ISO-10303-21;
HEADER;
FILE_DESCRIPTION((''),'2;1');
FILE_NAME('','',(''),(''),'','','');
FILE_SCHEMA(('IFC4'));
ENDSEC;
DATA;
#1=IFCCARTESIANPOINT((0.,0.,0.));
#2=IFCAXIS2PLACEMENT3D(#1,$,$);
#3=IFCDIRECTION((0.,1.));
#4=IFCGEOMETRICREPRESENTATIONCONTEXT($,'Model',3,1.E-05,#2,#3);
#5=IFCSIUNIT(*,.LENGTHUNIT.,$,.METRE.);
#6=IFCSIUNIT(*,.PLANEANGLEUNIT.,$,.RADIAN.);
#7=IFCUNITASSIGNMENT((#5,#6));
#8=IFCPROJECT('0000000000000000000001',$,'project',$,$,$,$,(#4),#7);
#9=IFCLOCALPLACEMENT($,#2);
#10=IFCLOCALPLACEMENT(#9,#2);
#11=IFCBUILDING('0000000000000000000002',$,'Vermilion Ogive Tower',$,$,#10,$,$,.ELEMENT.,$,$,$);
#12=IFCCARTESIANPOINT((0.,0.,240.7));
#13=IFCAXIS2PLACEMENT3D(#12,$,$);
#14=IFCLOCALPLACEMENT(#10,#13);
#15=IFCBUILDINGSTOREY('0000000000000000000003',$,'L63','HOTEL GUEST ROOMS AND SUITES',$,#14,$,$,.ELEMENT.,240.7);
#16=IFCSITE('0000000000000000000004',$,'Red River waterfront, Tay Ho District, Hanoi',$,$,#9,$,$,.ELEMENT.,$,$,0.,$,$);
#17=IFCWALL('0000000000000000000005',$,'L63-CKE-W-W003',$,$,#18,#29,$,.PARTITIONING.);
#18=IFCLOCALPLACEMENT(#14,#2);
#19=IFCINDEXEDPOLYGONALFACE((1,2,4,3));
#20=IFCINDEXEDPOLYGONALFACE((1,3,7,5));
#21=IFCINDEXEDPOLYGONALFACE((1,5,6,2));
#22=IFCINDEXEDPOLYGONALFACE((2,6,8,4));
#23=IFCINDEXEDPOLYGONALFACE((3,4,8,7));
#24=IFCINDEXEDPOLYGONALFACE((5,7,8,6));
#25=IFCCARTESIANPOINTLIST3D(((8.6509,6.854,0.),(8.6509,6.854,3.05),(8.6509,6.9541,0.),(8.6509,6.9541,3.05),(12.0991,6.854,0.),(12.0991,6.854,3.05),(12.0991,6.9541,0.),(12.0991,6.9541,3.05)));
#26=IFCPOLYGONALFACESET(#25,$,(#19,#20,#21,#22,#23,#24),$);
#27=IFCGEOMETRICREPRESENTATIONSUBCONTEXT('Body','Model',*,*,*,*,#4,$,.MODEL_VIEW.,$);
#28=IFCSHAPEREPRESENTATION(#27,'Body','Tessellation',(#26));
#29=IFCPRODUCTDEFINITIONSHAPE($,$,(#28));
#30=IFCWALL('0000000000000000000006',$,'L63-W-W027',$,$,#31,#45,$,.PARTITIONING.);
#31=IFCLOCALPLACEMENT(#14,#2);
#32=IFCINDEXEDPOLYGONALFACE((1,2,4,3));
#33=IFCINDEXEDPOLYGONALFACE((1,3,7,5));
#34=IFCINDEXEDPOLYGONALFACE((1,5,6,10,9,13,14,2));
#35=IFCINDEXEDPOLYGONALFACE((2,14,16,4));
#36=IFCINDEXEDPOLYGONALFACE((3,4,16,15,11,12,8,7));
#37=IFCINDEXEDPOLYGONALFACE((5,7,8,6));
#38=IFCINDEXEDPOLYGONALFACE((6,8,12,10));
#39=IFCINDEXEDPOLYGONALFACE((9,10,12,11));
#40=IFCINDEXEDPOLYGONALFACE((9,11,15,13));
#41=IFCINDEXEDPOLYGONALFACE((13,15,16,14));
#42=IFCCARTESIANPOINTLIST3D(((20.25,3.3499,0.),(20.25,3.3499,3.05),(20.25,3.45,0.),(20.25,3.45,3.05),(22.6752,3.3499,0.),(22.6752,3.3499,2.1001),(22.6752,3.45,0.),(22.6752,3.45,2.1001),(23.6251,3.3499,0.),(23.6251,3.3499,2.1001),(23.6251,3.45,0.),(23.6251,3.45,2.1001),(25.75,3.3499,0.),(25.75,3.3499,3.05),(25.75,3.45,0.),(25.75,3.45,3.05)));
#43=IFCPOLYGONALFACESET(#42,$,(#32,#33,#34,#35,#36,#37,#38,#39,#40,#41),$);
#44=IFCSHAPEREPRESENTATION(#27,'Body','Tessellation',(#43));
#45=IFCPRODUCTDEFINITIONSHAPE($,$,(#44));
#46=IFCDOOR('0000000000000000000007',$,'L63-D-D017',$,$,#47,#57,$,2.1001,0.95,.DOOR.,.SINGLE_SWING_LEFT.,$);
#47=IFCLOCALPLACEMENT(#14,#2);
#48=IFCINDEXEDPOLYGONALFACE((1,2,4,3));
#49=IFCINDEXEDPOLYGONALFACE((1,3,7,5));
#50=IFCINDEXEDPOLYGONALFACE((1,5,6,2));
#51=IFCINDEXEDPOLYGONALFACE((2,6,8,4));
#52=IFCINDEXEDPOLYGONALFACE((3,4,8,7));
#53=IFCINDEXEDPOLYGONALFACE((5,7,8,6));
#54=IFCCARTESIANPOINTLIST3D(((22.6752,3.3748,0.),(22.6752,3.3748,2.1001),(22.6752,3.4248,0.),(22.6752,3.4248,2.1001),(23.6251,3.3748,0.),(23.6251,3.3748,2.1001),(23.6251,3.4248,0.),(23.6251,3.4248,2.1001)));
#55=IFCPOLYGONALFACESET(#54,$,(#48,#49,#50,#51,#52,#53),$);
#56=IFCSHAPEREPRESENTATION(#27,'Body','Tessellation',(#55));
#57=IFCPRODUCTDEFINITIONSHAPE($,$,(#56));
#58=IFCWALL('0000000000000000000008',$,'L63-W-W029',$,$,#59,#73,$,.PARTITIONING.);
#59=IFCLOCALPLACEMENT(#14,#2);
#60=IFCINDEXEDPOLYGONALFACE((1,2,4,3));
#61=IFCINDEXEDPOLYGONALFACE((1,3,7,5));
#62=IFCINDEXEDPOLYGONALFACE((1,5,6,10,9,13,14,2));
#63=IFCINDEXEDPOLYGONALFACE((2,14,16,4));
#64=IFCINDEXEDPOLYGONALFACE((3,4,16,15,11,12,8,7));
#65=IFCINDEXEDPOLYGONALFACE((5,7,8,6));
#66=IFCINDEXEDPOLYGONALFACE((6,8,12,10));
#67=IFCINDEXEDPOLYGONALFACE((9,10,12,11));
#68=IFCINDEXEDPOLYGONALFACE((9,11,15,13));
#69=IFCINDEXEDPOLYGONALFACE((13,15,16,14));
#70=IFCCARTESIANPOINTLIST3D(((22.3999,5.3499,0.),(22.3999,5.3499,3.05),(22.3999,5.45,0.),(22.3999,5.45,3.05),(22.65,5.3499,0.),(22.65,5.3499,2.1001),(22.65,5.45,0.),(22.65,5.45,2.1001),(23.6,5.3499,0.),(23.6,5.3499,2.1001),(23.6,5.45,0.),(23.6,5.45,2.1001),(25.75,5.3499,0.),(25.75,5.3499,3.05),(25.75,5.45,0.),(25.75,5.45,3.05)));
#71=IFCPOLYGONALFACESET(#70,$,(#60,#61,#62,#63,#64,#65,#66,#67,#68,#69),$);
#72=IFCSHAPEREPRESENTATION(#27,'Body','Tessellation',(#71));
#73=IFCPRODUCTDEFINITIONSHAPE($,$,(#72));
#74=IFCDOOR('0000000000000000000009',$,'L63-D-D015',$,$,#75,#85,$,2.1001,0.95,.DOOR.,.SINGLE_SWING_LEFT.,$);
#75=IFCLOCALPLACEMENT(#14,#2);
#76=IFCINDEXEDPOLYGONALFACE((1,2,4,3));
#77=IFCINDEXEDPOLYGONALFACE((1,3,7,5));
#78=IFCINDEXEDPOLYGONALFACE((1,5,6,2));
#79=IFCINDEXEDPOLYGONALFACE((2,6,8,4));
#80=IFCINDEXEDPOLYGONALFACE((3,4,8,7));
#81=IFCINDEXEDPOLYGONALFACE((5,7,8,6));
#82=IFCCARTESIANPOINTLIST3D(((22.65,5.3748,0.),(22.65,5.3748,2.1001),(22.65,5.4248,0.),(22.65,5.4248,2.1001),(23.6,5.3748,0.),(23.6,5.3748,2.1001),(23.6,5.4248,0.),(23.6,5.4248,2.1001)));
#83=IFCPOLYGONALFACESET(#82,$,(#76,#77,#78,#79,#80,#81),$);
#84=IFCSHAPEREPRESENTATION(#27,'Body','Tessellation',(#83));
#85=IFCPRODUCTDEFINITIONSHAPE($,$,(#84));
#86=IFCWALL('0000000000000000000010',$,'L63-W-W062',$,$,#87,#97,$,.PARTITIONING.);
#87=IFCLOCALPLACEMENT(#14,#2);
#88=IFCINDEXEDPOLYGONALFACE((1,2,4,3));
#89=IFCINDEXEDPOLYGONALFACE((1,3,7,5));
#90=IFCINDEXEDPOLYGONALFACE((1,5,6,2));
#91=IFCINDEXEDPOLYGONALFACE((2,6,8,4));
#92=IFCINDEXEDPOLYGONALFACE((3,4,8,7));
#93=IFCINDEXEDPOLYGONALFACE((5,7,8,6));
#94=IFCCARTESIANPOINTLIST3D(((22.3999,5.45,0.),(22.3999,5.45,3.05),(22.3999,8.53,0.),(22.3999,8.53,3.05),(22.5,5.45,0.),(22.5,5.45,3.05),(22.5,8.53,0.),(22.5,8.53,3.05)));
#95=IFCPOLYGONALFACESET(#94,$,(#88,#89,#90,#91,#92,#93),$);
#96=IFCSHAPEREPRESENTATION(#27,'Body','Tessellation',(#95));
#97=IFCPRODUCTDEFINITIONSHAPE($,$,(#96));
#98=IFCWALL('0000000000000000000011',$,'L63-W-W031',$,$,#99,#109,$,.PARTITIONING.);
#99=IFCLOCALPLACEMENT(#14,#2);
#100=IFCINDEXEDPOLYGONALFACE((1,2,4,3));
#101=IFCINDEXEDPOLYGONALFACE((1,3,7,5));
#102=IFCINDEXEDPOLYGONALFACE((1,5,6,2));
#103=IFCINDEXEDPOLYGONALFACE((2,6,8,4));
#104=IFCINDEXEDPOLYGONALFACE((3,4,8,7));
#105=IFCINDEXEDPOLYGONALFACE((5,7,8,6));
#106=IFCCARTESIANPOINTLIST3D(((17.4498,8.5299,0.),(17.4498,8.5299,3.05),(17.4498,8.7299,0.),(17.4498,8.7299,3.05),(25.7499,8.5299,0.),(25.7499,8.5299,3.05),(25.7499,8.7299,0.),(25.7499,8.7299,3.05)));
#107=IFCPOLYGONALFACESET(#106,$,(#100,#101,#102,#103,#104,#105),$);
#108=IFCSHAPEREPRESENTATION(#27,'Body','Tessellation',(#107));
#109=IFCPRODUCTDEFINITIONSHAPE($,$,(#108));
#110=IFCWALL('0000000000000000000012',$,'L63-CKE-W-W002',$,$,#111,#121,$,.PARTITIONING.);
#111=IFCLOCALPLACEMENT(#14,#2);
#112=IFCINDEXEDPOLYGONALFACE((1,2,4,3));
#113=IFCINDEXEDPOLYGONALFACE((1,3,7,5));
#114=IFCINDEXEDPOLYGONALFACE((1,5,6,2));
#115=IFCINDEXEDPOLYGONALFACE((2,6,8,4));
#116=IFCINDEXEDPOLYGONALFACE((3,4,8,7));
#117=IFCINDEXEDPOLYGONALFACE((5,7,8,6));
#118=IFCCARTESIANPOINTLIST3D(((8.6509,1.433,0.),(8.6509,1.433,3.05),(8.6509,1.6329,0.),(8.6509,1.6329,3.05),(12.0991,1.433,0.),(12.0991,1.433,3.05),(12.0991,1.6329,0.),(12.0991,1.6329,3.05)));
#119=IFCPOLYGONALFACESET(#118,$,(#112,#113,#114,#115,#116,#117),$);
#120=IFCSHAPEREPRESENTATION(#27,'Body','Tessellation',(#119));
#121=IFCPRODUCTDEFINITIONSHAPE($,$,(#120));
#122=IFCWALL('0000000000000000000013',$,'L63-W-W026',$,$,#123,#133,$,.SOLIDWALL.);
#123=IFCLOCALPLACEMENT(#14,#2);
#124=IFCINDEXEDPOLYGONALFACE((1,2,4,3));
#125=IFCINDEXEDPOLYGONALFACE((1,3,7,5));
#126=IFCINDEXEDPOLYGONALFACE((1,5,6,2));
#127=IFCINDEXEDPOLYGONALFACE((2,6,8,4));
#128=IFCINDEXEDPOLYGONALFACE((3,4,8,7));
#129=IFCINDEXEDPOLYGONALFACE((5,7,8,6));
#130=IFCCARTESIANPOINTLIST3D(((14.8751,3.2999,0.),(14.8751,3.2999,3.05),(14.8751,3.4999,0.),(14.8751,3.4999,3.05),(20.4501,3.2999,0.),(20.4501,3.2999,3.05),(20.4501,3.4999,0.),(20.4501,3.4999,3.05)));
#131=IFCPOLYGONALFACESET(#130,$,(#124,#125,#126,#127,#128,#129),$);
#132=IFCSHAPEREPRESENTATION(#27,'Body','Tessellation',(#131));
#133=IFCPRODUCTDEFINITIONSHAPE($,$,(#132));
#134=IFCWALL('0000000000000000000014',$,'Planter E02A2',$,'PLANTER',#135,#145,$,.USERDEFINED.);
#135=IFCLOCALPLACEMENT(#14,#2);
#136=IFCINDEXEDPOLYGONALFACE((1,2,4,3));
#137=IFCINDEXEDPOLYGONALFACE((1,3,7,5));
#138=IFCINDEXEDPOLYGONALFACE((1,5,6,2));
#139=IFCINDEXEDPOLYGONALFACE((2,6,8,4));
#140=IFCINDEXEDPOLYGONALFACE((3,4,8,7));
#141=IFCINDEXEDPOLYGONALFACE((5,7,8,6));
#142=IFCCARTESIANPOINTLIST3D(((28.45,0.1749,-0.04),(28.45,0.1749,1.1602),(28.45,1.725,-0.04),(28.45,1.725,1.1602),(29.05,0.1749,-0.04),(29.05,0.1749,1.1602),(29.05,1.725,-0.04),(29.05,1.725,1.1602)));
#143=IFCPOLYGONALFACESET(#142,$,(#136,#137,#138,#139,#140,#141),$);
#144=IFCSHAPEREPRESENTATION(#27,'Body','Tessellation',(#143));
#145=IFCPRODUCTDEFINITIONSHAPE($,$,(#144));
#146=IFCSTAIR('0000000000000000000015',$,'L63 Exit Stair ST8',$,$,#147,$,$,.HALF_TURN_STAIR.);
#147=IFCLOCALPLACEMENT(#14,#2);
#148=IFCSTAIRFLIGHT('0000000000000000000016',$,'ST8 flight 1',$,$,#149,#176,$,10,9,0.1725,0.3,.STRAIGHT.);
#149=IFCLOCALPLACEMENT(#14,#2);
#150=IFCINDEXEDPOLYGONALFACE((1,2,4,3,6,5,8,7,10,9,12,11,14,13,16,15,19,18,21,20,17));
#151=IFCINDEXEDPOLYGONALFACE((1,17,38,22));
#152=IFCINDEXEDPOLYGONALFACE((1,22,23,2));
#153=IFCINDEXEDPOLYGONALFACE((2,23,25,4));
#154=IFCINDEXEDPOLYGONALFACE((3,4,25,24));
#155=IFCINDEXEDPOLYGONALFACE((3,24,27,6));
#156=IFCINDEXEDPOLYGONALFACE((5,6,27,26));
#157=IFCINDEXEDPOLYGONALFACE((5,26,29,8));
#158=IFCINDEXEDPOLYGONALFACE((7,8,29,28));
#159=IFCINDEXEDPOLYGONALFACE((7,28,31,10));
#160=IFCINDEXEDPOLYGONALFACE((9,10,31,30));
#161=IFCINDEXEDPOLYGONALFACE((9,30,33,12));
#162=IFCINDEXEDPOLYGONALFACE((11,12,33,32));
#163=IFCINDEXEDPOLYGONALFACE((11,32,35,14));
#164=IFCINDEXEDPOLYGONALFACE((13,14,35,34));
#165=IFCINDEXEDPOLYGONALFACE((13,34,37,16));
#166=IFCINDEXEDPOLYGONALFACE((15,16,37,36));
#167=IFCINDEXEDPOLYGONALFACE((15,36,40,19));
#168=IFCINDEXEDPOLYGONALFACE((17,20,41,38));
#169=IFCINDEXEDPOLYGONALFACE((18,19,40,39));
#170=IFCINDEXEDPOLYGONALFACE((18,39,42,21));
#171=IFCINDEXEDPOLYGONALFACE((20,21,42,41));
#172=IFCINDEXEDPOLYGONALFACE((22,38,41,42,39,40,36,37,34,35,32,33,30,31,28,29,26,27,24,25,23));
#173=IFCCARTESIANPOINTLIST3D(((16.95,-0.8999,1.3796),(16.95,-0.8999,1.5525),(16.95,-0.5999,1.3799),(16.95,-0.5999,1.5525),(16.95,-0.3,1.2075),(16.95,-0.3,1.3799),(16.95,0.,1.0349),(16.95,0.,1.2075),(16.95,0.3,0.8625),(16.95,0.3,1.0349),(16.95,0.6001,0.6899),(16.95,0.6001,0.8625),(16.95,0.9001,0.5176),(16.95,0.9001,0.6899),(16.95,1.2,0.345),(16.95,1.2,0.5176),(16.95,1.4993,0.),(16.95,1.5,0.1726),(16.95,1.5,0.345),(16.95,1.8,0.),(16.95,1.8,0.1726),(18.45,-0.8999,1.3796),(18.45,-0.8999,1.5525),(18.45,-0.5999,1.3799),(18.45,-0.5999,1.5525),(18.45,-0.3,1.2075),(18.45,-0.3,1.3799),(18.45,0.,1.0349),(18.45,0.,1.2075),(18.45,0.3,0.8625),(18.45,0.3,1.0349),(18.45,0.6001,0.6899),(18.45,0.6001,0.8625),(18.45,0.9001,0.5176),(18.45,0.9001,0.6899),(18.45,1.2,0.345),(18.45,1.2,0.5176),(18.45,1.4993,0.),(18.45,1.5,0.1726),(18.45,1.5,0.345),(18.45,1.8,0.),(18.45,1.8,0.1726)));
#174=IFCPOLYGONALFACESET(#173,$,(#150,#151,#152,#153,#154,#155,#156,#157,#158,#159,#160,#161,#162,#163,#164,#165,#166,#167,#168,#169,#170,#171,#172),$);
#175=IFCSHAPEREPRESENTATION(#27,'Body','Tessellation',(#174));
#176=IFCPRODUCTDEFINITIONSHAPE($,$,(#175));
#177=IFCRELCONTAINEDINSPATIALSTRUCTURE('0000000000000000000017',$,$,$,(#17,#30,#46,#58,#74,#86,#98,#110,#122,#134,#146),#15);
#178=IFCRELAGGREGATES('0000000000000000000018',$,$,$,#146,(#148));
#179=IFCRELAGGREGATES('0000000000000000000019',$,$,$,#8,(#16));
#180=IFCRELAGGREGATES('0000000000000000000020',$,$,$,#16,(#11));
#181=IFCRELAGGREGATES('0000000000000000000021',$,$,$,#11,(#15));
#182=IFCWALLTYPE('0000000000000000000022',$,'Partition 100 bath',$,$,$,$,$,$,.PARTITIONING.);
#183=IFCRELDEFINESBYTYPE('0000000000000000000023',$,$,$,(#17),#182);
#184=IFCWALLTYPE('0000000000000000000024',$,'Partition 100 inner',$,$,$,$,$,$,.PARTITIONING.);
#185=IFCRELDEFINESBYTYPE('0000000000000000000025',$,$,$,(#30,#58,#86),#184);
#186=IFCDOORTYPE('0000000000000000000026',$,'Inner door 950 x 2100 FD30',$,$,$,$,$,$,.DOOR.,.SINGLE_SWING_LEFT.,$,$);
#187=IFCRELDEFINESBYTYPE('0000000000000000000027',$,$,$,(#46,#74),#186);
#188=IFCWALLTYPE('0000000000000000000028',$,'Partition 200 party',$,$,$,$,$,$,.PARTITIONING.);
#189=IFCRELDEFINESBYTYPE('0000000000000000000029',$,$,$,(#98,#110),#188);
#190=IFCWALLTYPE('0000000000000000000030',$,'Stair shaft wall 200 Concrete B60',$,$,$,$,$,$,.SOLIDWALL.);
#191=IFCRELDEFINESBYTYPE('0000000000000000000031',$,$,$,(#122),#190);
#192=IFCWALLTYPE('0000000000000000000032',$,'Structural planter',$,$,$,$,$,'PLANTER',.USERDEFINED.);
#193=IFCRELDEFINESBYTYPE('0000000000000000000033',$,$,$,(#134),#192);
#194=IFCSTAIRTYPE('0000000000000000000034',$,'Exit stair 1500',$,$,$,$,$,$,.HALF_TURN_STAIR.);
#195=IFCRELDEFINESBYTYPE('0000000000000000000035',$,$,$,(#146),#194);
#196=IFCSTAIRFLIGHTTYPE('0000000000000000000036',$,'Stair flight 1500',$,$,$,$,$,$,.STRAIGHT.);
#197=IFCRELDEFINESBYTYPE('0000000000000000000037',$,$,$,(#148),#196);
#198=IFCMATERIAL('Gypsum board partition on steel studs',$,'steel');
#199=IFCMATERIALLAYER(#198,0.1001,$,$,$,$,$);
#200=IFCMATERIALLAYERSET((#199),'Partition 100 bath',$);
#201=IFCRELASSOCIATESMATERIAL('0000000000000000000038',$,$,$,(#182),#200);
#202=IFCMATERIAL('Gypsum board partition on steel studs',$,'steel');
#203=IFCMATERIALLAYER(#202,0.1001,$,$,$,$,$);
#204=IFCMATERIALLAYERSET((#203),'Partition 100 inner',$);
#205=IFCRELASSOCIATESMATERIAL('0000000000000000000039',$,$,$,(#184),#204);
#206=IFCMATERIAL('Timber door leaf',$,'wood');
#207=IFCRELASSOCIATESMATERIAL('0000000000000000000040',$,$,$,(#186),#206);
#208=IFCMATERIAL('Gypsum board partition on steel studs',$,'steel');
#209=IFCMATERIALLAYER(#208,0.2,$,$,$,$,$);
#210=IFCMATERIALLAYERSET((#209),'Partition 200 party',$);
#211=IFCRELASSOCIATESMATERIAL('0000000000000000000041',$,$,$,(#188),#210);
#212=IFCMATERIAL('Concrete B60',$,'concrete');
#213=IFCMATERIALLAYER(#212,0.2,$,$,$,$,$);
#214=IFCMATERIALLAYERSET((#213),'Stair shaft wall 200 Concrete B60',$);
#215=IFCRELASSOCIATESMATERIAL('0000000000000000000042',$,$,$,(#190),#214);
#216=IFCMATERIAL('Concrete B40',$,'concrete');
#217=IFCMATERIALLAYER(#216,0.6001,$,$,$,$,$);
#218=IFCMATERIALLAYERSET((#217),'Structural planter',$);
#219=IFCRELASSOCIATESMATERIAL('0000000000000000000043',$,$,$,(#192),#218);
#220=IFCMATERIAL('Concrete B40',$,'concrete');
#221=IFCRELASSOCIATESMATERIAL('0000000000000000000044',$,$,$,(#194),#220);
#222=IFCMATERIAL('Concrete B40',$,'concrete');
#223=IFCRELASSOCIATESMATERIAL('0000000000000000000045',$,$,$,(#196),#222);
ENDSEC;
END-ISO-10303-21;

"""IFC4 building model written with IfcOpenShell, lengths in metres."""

from ifc_helpers import new_model, si_unit, direction, frame, frame_2d, origin, place, context, subcontext, project, spatial, polyline, rectangle, outline, extrude, material, layer, layer_set, type_object, element, fill, aggregate, save


model = new_model("IFC4")

# Units and contexts
model_context = context("Model", 3, precision=1e-05, world=origin(), true_north=direction((0.0, 1.0)))
body_context = subcontext(model_context, "Body", "Model", "MODEL_VIEW")
ifc_project = project(units=[si_unit("LENGTHUNIT", "METRE"), si_unit("PLANEANGLEUNIT", "RADIAN")], contexts=[model_context])

# Site, building, storey
site_placement = place(None, origin())
site = spatial("IfcSite", under=ifc_project, at=site_placement, Name="Red River waterfront, Tay Ho District, Hanoi", CompositionType="ELEMENT", RefElevation=0.0)
building_placement = place(site_placement, origin())
building = spatial("IfcBuilding", under=site, at=building_placement, Name="Vermilion Ogive Tower", CompositionType="ELEMENT")
storey_placement = place(building_placement, frame((0.0, 0.0, 240.7)))
storey = spatial("IfcBuildingStorey", under=building, at=storey_placement, Name="L63", Description="HOTEL GUEST ROOMS AND SUITES", CompositionType="ELEMENT", Elevation=240.7)

# Wall
ifc_material_1 = material(Name="Gypsum board partition on steel studs", Category="steel")
ifc_layer_1 = layer(ifc_material_1, 0.1001)
ifc_layer_set_1 = layer_set([ifc_layer_1], Name="Partition 100 bath")
wall_type_1 = type_object("IfcWallType", Name="Partition 100 bath", PredefinedType="PARTITIONING", material=ifc_layer_set_1)
wall_1_placement = place(storey_placement, frame((8.6509, 6.9041, 0.0), z_axis=(0.0, 0.0, 1.0), x_axis=(1.0, 0.0, 0.0)))
element("IfcWall", 1, at=wall_1_placement, inside=storey, type_object=wall_type_1, Name="L63-CKE-W-W003", PredefinedType="PARTITIONING", context=body_context, shape_type="SweptSolid", body=[
    extrude(rectangle(XDim=3.4482, YDim=0.1001, at=frame_2d((1.7241, 0.0))), origin(), (0.0, 0.0, 1.0), 3.05),
])

# Walls, openings, doors
ifc_material_2 = material(Name="Gypsum board partition on steel studs", Category="steel")
ifc_layer_2 = layer(ifc_material_2, 0.1001)
ifc_layer_set_2 = layer_set([ifc_layer_2], Name="Partition 100 inner")
wall_type_2 = type_object("IfcWallType", Name="Partition 100 inner", PredefinedType="PARTITIONING", material=ifc_layer_set_2)
wall_2_placement = place(storey_placement, frame((20.25, 3.3999, 0.0), z_axis=(0.0, 0.0, 1.0), x_axis=(1.0, 0.0, 0.0)))
wall_2 = element("IfcWall", 2, at=wall_2_placement, inside=storey, type_object=wall_type_2, Name="L63-W-W027", PredefinedType="PARTITIONING", context=body_context, shape_type="SweptSolid", body=[
    extrude(rectangle(XDim=5.5, YDim=0.1001, at=frame_2d((2.75, 0.0))), origin(), (0.0, 0.0, 1.0), 3.05),
])
opening_1_placement = place(wall_2_placement, frame((2.425, 0.0, 0.0)))
opening_1 = element("IfcOpeningElement", 3, at=opening_1_placement, cuts=wall_2, PredefinedType="OPENING", context=body_context, shape_type="SweptSolid", body=[
    extrude(rectangle(XDim=0.95, YDim=2.1001, at=frame_2d((0.4751, 1.05))), frame((0.0, 0.0601, 0.0), z_axis=(0.0, -1.0, 0.0), x_axis=(1.0, 0.0, 0.0)), (0.0, 0.0, 1.0), 0.1201),
])
ifc_material_3 = material(Name="Timber door leaf", Category="wood")
door_type = type_object("IfcDoorType", Name="Inner door 950 x 2100 FD30", OperationType="SINGLE_SWING_LEFT", PredefinedType="DOOR", material=ifc_material_3)
door_1_placement = place(opening_1_placement, origin())
door_1 = element("IfcDoor", 4, at=door_1_placement, inside=storey, type_object=door_type, Name="L63-D-D017", OperationType="SINGLE_SWING_LEFT", OverallHeight=2.1001, OverallWidth=0.95, PredefinedType="DOOR", context=body_context, shape_type="SweptSolid", body=[
    extrude(rectangle(XDim=0.95, YDim=2.1001, at=frame_2d((0.4751, 1.05))), frame((0.0, 0.0249, 0.0), z_axis=(0.0, -1.0, 0.0), x_axis=(1.0, 0.0, 0.0)), (0.0, 0.0, 1.0), 0.05),
])
fill(opening_1, door_1)
wall_3_placement = place(storey_placement, frame((22.3999, 5.3999, 0.0), z_axis=(0.0, 0.0, 1.0), x_axis=(1.0, 0.0, 0.0)))
wall_3 = element("IfcWall", 5, at=wall_3_placement, inside=storey, type_object=wall_type_2, Name="L63-W-W029", PredefinedType="PARTITIONING", context=body_context, shape_type="SweptSolid", body=[
    extrude(rectangle(XDim=3.3501, YDim=0.1001, at=frame_2d((1.675, 0.0))), origin(), (0.0, 0.0, 1.0), 3.05),
])
opening_2_placement = place(wall_3_placement, frame((0.25, 0.0, 0.0)))
opening_2 = element("IfcOpeningElement", 6, at=opening_2_placement, cuts=wall_3, PredefinedType="OPENING", context=body_context, shape_type="SweptSolid", body=[
    extrude(rectangle(XDim=0.95, YDim=2.1001, at=frame_2d((0.4751, 1.05))), frame((0.0, 0.0601, 0.0), z_axis=(0.0, -1.0, 0.0), x_axis=(1.0, 0.0, 0.0)), (0.0, 0.0, 1.0), 0.1201),
])
door_2_placement = place(opening_2_placement, origin())
door_2 = element("IfcDoor", 7, at=door_2_placement, inside=storey, type_object=door_type, Name="L63-D-D015", OperationType="SINGLE_SWING_LEFT", OverallHeight=2.1001, OverallWidth=0.95, PredefinedType="DOOR", context=body_context, shape_type="SweptSolid", body=[
    extrude(rectangle(XDim=0.95, YDim=2.1001, at=frame_2d((0.4751, 1.05))), frame((0.0, 0.0249, 0.0), z_axis=(0.0, -1.0, 0.0), x_axis=(1.0, 0.0, 0.0)), (0.0, 0.0, 1.0), 0.05),
])
fill(opening_2, door_2)

# Walls
wall_4_placement = place(storey_placement, frame((22.45, 5.45, 0.0), z_axis=(0.0, 0.0, 1.0), x_axis=(0.0, 1.0, 0.0)))
element("IfcWall", 8, at=wall_4_placement, inside=storey, type_object=wall_type_2, Name="L63-W-W062", PredefinedType="PARTITIONING", context=body_context, shape_type="SweptSolid", body=[
    extrude(rectangle(XDim=3.0801, YDim=0.1001, at=frame_2d((1.54, 0.0))), origin(), (0.0, 0.0, 1.0), 3.05),
])
ifc_material_4 = material(Name="Gypsum board partition on steel studs", Category="steel")
ifc_layer_3 = layer(ifc_material_4, 0.2)
ifc_layer_set_3 = layer_set([ifc_layer_3], Name="Partition 200 party")
wall_type_3 = type_object("IfcWallType", Name="Partition 200 party", PredefinedType="PARTITIONING", material=ifc_layer_set_3)
wall_5_placement = place(storey_placement, frame((17.45, 8.6299, 0.0), z_axis=(0.0, 0.0, 1.0), x_axis=(1.0, 0.0, 0.0)))
element("IfcWall", 9, at=wall_5_placement, inside=storey, type_object=wall_type_3, Name="L63-W-W031", PredefinedType="PARTITIONING", context=body_context, shape_type="SweptSolid", body=[
    extrude(rectangle(XDim=8.3, YDim=0.2, at=frame_2d((4.1499, 0.0))), origin(), (0.0, 0.0, 1.0), 3.05),
])
wall_6_placement = place(storey_placement, frame((8.6509, 1.533, 0.0), z_axis=(0.0, 0.0, 1.0), x_axis=(1.0, 0.0, 0.0)))
element("IfcWall", 10, at=wall_6_placement, inside=storey, type_object=wall_type_3, Name="L63-CKE-W-W002", PredefinedType="PARTITIONING", context=body_context, shape_type="SweptSolid", body=[
    extrude(rectangle(XDim=3.4482, YDim=0.2, at=frame_2d((1.7241, 0.0))), origin(), (0.0, 0.0, 1.0), 3.05),
])
ifc_material_5 = material(Name="Concrete B60", Category="concrete")
ifc_layer_4 = layer(ifc_material_5, 0.2)
ifc_layer_set_4 = layer_set([ifc_layer_4], Name="Stair shaft wall 200 Concrete B60")
wall_type_4 = type_object("IfcWallType", Name="Stair shaft wall 200 Concrete B60", PredefinedType="SOLIDWALL", material=ifc_layer_set_4)
wall_7_placement = place(storey_placement, frame((14.875, 3.3999, 0.0), z_axis=(0.0, 0.0, 1.0), x_axis=(1.0, 0.0, 0.0)))
element("IfcWall", 11, at=wall_7_placement, inside=storey, type_object=wall_type_4, Name="L63-W-W026", PredefinedType="SOLIDWALL", context=body_context, shape_type="SweptSolid", body=[
    extrude(rectangle(XDim=5.575, YDim=0.2, at=frame_2d((2.7876, 0.0))), origin(), (0.0, 0.0, 1.0), 3.05),
])
ifc_material_6 = material(Name="Concrete B40", Category="concrete")
ifc_layer_5 = layer(ifc_material_6, 0.6001)
ifc_layer_set_5 = layer_set([ifc_layer_5], Name="Structural planter")
wall_type_5 = type_object("IfcWallType", Name="Structural planter", ElementType="PLANTER", PredefinedType="USERDEFINED", material=ifc_layer_set_5)
wall_8_placement = place(storey_placement, frame((28.75, 0.175, -0.04), z_axis=(0.0, 0.0, 1.0), x_axis=(0.0, 1.0, 0.0)))
element("IfcWall", 12, at=wall_8_placement, inside=storey, type_object=wall_type_5, Name="Planter E02A2", ObjectType="PLANTER", PredefinedType="USERDEFINED", context=body_context, shape_type="SweptSolid", body=[
    extrude(rectangle(XDim=1.55, YDim=0.6001, at=frame_2d((0.7749, 0.0))), origin(), (0.0, 0.0, 1.0), 1.2002),
])

# Stair, stair flight
ifc_material_7 = material(Name="Concrete B40", Category="concrete")
stair_type = type_object("IfcStairType", Name="Exit stair 1500", PredefinedType="HALF_TURN_STAIR", material=ifc_material_7)
stair_placement = place(storey_placement, origin())
stair = element("IfcStair", 13, at=stair_placement, inside=storey, type_object=stair_type, Name="L63 Exit Stair ST8", PredefinedType="HALF_TURN_STAIR")
ifc_material_8 = material(Name="Concrete B40", Category="concrete")
stair_flight_type = type_object("IfcStairFlightType", Name="Stair flight 1500", PredefinedType="STRAIGHT", material=ifc_material_8)
stair_flight_placement = place(storey_placement, frame((17.7, 1.8, 0.0), z_axis=(0.0, 0.0, 1.0), x_axis=(0.0, -1.0, 0.0)))
stair_flight = element("IfcStairFlight", 14, at=stair_flight_placement, type_object=stair_flight_type, Name="ST8 flight 1", NumberOfRisers=10, NumberOfTreads=9, PredefinedType="STRAIGHT", RiserHeight=0.1725, TreadLength=0.3, context=body_context, shape_type="SweptSolid", body=[
    extrude(outline(polyline([(0.0, 0.0), (0.0, 0.1726), (0.3, 0.1726), (0.3, 0.345), (0.6001, 0.345), (0.6001, 0.5176), (0.8999, 0.5176), (0.8999, 0.6899), (1.2, 0.6899), (1.2, 0.8625), (1.5, 0.8625), (1.5, 1.0349), (1.8, 1.0349), (1.8, 1.2075), (2.1001, 1.2075), (2.1001, 1.3799), (2.3999, 1.3799), (2.3999, 1.5525), (2.7, 1.5525), (2.7, 1.7251), (2.7, 1.3796), (0.3008, 0.0), (0.0, 0.0)])), frame((0.0, 0.75, 0.0), z_axis=(0.0, -1.0, 0.0), x_axis=(1.0, 0.0, 0.0)), (0.0, 0.0, 1.0), 1.5),
])
aggregate(stair, [stair_flight])

save(model, "model.ifc")
